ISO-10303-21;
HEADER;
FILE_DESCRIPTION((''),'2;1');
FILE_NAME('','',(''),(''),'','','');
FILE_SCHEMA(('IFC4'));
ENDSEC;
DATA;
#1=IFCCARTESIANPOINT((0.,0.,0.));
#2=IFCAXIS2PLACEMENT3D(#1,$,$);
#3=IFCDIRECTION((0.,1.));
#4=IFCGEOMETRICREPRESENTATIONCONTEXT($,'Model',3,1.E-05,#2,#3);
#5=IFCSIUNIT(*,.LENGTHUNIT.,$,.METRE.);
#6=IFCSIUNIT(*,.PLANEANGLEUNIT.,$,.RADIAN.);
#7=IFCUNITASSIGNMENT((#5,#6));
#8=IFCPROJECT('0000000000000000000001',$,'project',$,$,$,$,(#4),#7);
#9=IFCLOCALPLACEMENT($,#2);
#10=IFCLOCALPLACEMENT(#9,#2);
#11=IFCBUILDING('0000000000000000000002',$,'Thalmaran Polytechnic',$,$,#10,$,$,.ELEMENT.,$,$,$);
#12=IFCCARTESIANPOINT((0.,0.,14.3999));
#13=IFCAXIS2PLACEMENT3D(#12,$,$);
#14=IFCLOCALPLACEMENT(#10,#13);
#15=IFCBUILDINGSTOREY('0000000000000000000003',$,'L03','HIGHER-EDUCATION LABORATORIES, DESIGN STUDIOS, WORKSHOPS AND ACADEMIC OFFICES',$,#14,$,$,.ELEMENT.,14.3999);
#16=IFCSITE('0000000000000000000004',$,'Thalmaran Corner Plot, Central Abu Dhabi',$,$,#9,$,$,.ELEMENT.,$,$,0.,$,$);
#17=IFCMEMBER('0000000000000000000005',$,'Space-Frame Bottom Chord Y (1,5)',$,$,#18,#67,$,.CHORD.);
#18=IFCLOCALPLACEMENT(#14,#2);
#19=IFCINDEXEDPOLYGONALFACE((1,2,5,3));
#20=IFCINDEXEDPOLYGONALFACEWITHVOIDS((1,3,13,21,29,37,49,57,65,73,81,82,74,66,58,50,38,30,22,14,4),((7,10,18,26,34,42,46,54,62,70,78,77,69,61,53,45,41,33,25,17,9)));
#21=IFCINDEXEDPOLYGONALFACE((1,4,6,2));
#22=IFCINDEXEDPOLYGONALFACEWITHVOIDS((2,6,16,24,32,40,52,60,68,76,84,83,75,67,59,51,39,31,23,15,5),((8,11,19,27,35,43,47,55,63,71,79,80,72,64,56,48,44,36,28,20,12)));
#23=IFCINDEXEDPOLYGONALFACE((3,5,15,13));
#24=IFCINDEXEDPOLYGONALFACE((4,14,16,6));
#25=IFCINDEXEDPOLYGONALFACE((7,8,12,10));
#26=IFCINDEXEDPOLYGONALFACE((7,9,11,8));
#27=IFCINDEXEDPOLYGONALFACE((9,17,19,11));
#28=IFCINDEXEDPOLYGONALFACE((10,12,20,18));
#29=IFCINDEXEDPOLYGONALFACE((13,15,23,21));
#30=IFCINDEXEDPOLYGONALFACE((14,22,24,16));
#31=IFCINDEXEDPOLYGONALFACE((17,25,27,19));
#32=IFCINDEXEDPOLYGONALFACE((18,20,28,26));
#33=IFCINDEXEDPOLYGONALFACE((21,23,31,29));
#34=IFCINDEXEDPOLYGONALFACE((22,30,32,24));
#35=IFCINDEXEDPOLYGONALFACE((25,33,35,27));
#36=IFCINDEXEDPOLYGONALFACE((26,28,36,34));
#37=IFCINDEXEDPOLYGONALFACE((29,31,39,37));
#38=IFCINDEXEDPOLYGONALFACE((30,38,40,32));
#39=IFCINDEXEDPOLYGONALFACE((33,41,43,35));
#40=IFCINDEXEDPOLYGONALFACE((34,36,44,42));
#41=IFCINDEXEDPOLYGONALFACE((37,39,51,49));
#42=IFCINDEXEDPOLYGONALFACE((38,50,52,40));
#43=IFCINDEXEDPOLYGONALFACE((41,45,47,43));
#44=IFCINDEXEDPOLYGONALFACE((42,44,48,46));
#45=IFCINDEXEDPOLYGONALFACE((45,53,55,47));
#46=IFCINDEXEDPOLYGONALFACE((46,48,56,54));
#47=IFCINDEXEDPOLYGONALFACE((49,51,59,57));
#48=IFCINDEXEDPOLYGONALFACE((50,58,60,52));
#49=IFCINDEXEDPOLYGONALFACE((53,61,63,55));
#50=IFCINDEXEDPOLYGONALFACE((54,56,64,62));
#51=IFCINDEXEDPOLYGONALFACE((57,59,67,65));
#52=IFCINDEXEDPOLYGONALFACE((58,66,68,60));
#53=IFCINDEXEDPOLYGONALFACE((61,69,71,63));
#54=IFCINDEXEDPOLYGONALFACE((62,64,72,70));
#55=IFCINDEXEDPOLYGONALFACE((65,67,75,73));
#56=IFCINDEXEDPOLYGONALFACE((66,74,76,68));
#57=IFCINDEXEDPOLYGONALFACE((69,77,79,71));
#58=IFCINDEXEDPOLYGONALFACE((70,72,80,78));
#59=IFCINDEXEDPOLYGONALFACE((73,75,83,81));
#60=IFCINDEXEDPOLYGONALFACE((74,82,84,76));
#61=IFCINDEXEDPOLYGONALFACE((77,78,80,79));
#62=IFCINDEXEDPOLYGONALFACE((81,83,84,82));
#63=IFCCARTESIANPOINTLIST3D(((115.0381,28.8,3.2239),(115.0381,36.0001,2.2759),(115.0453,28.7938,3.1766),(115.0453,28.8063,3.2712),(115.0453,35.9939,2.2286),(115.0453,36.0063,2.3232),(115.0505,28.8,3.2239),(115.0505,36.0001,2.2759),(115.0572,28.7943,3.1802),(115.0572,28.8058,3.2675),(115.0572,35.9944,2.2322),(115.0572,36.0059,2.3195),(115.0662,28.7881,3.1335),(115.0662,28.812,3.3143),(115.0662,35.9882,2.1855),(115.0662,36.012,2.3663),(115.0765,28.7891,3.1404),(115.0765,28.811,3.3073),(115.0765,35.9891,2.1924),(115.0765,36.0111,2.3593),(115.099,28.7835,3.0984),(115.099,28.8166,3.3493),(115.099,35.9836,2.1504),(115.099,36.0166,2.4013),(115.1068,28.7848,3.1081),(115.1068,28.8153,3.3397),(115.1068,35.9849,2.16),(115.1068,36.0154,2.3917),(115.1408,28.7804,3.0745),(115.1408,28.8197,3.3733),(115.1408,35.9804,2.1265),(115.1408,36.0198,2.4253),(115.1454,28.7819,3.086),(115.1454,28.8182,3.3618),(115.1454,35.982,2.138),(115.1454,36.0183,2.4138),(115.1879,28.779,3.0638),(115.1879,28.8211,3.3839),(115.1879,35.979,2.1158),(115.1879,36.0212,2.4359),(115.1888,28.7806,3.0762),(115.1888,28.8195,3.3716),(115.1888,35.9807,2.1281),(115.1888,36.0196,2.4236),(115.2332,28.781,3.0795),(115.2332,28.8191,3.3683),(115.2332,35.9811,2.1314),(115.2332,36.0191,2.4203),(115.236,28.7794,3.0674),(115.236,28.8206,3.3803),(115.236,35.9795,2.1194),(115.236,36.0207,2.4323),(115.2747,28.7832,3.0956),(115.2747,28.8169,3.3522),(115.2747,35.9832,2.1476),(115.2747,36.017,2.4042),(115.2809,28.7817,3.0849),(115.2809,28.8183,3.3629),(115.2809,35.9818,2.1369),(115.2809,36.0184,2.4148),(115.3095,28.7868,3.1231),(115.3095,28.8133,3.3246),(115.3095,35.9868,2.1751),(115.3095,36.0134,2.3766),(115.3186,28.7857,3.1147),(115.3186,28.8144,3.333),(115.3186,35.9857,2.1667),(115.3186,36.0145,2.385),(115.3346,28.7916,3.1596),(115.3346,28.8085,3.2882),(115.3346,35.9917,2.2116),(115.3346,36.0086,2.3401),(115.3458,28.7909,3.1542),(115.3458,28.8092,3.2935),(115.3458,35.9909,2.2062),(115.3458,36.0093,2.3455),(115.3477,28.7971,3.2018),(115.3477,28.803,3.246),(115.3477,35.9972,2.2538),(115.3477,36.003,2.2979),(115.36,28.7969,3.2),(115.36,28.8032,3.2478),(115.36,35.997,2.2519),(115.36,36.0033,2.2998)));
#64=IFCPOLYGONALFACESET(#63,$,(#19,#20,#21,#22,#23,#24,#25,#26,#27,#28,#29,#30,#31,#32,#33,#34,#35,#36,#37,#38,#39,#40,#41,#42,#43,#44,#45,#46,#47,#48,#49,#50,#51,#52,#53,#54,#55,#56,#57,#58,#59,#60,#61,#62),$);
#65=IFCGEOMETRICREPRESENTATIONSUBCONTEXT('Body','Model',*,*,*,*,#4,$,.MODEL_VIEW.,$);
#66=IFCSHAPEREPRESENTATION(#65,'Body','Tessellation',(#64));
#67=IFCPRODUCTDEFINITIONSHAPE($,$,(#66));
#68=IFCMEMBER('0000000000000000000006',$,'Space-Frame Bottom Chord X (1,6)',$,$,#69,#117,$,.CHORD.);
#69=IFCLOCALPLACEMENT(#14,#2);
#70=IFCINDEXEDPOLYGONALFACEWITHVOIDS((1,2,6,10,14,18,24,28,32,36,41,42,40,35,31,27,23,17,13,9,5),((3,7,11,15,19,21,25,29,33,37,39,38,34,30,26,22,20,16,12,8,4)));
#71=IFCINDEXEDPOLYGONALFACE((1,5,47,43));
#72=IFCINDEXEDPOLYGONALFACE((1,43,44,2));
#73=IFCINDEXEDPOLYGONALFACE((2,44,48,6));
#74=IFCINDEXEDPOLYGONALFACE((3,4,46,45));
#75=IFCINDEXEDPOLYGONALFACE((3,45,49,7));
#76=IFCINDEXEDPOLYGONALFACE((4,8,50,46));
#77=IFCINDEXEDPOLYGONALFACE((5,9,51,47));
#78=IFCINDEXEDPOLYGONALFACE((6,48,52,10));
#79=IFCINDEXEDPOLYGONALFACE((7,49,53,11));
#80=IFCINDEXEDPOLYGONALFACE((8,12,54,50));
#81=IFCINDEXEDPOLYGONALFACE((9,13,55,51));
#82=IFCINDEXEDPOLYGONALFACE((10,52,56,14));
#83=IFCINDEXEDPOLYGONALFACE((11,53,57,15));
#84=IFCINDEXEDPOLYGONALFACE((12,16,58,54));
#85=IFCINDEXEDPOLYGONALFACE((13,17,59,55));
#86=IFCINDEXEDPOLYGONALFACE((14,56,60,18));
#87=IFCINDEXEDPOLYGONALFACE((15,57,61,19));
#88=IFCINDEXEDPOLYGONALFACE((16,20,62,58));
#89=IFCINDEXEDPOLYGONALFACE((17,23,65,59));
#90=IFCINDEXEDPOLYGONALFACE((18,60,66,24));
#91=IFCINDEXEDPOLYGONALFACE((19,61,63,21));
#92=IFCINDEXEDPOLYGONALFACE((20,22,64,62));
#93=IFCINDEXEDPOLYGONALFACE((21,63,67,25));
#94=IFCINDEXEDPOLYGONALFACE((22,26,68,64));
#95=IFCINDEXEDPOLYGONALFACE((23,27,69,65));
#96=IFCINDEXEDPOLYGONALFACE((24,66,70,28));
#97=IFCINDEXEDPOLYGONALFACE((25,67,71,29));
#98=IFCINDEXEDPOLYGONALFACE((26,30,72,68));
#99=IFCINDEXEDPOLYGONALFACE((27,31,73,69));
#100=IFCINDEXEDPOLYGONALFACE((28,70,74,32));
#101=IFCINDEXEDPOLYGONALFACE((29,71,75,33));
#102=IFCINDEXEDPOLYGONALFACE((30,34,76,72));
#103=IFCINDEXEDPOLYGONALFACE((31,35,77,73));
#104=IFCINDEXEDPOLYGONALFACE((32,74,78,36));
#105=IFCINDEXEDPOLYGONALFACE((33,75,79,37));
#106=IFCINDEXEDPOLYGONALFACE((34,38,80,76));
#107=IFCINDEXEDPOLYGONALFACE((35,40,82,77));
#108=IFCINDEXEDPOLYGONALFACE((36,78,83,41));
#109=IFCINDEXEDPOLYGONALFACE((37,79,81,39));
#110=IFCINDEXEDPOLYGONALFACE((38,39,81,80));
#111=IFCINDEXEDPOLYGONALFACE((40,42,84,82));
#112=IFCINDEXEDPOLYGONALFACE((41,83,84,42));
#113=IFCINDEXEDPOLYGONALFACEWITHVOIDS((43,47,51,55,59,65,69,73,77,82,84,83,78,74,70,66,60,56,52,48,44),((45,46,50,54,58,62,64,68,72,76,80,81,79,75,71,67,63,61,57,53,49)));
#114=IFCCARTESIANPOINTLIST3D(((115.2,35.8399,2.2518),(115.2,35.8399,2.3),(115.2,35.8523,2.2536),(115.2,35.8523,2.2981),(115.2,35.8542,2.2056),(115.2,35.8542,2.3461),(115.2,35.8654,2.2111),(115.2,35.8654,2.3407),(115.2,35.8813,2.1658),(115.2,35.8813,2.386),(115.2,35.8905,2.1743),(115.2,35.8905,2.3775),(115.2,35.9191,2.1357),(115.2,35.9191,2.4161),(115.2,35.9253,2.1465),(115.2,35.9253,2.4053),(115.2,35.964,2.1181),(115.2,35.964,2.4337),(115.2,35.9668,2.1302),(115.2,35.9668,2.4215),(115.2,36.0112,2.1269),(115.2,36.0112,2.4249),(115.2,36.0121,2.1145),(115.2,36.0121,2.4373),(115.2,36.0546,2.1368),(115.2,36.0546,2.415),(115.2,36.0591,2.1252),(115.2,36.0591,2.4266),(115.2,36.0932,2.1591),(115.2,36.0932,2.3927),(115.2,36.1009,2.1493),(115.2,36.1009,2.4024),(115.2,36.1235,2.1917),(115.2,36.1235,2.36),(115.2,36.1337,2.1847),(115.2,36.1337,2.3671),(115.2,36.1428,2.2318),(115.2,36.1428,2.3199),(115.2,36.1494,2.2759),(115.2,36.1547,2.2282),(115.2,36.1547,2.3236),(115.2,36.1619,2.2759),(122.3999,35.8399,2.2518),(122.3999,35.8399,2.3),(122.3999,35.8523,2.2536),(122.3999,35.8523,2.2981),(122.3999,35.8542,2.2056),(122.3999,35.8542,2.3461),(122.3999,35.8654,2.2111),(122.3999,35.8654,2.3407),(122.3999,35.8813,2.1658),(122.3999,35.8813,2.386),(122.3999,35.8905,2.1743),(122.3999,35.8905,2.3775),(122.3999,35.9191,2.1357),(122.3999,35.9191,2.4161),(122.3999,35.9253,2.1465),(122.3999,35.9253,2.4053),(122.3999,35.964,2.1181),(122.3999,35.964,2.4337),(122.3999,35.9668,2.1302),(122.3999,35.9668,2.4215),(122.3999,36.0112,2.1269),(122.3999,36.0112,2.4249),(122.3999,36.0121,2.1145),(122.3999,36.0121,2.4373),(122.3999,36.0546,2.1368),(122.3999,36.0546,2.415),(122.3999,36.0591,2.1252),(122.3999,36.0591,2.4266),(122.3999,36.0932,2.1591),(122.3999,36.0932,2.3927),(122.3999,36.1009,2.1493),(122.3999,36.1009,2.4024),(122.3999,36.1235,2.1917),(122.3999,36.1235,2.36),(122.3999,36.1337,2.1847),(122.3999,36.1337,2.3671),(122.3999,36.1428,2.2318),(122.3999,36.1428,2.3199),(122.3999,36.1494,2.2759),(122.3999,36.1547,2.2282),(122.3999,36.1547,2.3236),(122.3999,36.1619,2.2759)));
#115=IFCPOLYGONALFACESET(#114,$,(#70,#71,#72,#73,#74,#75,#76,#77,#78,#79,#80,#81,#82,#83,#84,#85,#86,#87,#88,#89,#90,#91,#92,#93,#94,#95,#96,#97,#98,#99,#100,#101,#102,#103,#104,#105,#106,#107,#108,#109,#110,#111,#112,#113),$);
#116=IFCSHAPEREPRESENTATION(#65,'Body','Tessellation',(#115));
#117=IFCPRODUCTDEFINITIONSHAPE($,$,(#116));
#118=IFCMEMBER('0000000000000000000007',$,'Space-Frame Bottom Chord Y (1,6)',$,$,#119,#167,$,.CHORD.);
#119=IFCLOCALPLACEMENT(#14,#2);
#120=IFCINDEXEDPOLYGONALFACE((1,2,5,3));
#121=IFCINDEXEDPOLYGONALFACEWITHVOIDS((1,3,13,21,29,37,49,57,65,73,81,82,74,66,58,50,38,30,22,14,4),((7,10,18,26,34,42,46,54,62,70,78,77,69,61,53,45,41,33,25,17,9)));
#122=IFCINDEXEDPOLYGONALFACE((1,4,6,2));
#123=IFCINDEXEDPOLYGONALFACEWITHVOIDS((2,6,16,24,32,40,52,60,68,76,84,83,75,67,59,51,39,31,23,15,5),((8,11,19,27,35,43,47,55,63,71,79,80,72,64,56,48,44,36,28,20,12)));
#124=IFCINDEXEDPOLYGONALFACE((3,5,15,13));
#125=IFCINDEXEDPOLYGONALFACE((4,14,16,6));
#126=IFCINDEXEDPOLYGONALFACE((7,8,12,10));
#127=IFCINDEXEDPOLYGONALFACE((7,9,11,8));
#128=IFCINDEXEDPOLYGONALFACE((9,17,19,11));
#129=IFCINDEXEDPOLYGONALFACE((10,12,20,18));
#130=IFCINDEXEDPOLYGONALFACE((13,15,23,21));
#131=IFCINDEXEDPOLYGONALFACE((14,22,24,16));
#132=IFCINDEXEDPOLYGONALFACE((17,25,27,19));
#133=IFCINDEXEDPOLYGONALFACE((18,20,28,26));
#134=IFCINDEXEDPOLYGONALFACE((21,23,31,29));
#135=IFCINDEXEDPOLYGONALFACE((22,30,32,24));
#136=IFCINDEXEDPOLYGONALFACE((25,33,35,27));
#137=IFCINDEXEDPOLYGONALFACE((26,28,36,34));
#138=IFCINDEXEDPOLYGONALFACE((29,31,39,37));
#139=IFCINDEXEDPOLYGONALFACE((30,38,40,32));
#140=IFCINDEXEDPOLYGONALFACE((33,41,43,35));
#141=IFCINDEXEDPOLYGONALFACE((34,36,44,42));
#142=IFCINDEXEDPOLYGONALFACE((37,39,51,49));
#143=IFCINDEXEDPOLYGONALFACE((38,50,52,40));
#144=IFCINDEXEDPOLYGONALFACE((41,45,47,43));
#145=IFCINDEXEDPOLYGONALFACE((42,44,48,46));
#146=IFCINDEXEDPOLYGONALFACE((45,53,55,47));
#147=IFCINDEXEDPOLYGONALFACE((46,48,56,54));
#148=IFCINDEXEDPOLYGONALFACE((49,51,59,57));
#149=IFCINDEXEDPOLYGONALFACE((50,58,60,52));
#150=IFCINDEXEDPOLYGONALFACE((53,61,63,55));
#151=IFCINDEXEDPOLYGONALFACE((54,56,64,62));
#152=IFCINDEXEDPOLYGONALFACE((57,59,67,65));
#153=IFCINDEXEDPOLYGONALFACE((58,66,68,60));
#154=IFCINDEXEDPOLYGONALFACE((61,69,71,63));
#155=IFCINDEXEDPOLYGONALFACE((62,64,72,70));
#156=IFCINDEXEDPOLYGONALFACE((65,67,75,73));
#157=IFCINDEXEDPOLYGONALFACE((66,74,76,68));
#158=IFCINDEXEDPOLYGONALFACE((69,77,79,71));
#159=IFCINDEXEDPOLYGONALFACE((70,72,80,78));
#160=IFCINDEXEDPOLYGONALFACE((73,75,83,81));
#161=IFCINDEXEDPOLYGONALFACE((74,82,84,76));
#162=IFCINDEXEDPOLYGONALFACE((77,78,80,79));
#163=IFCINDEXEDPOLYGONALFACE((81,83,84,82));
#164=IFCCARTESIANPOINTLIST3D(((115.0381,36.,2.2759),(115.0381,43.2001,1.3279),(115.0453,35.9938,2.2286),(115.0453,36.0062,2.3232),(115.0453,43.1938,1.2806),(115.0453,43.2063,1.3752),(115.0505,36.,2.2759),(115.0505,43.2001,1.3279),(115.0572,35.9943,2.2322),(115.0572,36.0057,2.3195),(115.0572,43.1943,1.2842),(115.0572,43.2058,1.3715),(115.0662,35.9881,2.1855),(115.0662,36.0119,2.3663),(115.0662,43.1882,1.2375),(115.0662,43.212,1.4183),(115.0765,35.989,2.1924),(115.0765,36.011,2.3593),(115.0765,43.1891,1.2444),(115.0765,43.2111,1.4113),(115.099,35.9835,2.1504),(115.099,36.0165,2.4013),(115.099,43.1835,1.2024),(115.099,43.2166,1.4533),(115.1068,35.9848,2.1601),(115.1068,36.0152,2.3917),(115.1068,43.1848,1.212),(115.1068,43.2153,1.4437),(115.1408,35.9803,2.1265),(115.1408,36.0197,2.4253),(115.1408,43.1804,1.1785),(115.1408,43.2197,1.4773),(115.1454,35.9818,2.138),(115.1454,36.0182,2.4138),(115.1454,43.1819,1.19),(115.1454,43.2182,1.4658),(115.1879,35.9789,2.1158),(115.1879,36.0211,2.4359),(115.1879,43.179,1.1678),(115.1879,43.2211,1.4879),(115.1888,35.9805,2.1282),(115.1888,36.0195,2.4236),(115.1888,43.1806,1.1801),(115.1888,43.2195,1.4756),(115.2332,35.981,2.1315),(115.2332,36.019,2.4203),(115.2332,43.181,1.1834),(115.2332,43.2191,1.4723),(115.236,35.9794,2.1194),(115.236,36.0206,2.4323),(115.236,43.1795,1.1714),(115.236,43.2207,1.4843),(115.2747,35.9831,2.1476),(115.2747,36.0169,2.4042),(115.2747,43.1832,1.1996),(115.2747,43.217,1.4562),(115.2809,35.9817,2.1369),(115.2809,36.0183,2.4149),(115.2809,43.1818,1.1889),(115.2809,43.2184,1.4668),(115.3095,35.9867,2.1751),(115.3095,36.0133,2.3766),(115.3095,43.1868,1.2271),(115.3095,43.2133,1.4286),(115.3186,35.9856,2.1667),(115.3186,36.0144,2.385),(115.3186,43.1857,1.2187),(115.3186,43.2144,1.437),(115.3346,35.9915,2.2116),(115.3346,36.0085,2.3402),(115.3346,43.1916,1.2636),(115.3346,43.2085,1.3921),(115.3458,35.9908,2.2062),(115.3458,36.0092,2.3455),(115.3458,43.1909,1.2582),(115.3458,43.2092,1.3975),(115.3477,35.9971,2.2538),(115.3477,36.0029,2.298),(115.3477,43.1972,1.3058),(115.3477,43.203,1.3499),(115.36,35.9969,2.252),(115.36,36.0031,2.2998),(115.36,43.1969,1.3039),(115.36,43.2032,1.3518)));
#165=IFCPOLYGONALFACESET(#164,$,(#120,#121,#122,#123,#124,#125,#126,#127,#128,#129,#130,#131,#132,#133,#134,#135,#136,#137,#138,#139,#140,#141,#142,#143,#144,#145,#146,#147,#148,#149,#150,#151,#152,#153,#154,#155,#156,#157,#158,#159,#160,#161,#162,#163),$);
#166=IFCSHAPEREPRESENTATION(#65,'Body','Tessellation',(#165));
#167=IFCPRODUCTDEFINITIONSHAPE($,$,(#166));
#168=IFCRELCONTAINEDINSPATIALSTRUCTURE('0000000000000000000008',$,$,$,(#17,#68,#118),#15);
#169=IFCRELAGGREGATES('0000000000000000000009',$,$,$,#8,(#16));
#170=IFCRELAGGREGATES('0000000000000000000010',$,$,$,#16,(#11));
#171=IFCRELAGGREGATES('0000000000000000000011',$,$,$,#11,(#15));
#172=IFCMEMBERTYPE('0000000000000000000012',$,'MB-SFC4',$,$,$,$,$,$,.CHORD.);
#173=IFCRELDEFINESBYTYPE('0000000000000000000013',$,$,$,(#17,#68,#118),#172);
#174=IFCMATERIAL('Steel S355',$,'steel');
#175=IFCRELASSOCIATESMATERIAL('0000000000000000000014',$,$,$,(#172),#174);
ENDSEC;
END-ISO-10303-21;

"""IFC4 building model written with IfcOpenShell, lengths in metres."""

from ifc_helpers import new_model, si_unit, direction, frame, origin, origin_2d, place, context, subcontext, project, spatial, hollow_circle, extrude, material, material_profile, profile_set, type_object, element, save


model = new_model("IFC4")

# Units and contexts
model_context = context("Model", 3, precision=1e-05, world=origin(), true_north=direction((0.0, 1.0)))
body_context = subcontext(model_context, "Body", "Model", "MODEL_VIEW")
ifc_project = project(units=[si_unit("LENGTHUNIT", "METRE"), si_unit("PLANEANGLEUNIT", "RADIAN")], contexts=[model_context])

# Site, building, storey
site_placement = place(None, origin())
site = spatial("IfcSite", under=ifc_project, at=site_placement, Name="Thalmaran Corner Plot, Central Abu Dhabi", CompositionType="ELEMENT", RefElevation=0.0)
building_placement = place(site_placement, origin())
building = spatial("IfcBuilding", under=site, at=building_placement, Name="Thalmaran Polytechnic", CompositionType="ELEMENT")
storey_placement = place(building_placement, frame((0.0, 0.0, 14.3999)))
storey = spatial("IfcBuildingStorey", under=building, at=storey_placement, Name="L03", Description="HIGHER-EDUCATION LABORATORIES, DESIGN STUDIOS, WORKSHOPS AND ACADEMIC OFFICES", CompositionType="ELEMENT", Elevation=14.3999)

# Shared definitions
ifc_material_1 = material(Name="Steel S355", Category="steel")

# Members
ifc_material_profile_1 = material_profile(ifc_material_1, hollow_circle(Radius=0.1619, WallThickness=0.0125, at=origin_2d()), Name="CHS 323.9x12.5")
ifc_profile_set_1 = profile_set([ifc_material_profile_1], Name="Steel S355")
member_type_1 = type_object("IfcMemberType", Name="MB-SFC4", PredefinedType="CHORD", material=ifc_profile_set_1)
member_1_placement = place(storey_placement, frame((115.2, 28.8, 3.2239), z_axis=(0.0, 0.991443, -0.130541), x_axis=(-1.0, 0.0, 0.0)))
element("IfcMember", 1, at=member_1_placement, inside=storey, type_object=member_type_1, Name="Space-Frame Bottom Chord Y (1,5)", PredefinedType="CHORD", context=body_context, shape_type="SweptSolid", body=[
    extrude(hollow_circle(Radius=0.1619, WallThickness=0.0125, at=origin_2d()), origin(), (0.0, 0.0, 1.0), 7.2622),
])
member_2_placement = place(storey_placement, frame((115.2, 36.0, 2.2759), z_axis=(1.0, 0.0, 0.0), x_axis=(0.0, 1.0, 0.0)))
element("IfcMember", 2, at=member_2_placement, inside=storey, type_object=member_type_1, Name="Space-Frame Bottom Chord X (1,6)", PredefinedType="CHORD", context=body_context, shape_type="SweptSolid", body=[
    extrude(hollow_circle(Radius=0.1619, WallThickness=0.0125, at=origin_2d()), origin(), (0.0, 0.0, 1.0), 7.2),
])
member_3_placement = place(storey_placement, frame((115.2, 36.0, 2.2759), z_axis=(0.0, 0.991443, -0.130541), x_axis=(-1.0, 0.0, 0.0)))
element("IfcMember", 3, at=member_3_placement, inside=storey, type_object=member_type_1, Name="Space-Frame Bottom Chord Y (1,6)", PredefinedType="CHORD", context=body_context, shape_type="SweptSolid", body=[
    extrude(hollow_circle(Radius=0.1619, WallThickness=0.0125, at=origin_2d()), origin(), (0.0, 0.0, 1.0), 7.2622),
])

save(model, "model.ifc")
